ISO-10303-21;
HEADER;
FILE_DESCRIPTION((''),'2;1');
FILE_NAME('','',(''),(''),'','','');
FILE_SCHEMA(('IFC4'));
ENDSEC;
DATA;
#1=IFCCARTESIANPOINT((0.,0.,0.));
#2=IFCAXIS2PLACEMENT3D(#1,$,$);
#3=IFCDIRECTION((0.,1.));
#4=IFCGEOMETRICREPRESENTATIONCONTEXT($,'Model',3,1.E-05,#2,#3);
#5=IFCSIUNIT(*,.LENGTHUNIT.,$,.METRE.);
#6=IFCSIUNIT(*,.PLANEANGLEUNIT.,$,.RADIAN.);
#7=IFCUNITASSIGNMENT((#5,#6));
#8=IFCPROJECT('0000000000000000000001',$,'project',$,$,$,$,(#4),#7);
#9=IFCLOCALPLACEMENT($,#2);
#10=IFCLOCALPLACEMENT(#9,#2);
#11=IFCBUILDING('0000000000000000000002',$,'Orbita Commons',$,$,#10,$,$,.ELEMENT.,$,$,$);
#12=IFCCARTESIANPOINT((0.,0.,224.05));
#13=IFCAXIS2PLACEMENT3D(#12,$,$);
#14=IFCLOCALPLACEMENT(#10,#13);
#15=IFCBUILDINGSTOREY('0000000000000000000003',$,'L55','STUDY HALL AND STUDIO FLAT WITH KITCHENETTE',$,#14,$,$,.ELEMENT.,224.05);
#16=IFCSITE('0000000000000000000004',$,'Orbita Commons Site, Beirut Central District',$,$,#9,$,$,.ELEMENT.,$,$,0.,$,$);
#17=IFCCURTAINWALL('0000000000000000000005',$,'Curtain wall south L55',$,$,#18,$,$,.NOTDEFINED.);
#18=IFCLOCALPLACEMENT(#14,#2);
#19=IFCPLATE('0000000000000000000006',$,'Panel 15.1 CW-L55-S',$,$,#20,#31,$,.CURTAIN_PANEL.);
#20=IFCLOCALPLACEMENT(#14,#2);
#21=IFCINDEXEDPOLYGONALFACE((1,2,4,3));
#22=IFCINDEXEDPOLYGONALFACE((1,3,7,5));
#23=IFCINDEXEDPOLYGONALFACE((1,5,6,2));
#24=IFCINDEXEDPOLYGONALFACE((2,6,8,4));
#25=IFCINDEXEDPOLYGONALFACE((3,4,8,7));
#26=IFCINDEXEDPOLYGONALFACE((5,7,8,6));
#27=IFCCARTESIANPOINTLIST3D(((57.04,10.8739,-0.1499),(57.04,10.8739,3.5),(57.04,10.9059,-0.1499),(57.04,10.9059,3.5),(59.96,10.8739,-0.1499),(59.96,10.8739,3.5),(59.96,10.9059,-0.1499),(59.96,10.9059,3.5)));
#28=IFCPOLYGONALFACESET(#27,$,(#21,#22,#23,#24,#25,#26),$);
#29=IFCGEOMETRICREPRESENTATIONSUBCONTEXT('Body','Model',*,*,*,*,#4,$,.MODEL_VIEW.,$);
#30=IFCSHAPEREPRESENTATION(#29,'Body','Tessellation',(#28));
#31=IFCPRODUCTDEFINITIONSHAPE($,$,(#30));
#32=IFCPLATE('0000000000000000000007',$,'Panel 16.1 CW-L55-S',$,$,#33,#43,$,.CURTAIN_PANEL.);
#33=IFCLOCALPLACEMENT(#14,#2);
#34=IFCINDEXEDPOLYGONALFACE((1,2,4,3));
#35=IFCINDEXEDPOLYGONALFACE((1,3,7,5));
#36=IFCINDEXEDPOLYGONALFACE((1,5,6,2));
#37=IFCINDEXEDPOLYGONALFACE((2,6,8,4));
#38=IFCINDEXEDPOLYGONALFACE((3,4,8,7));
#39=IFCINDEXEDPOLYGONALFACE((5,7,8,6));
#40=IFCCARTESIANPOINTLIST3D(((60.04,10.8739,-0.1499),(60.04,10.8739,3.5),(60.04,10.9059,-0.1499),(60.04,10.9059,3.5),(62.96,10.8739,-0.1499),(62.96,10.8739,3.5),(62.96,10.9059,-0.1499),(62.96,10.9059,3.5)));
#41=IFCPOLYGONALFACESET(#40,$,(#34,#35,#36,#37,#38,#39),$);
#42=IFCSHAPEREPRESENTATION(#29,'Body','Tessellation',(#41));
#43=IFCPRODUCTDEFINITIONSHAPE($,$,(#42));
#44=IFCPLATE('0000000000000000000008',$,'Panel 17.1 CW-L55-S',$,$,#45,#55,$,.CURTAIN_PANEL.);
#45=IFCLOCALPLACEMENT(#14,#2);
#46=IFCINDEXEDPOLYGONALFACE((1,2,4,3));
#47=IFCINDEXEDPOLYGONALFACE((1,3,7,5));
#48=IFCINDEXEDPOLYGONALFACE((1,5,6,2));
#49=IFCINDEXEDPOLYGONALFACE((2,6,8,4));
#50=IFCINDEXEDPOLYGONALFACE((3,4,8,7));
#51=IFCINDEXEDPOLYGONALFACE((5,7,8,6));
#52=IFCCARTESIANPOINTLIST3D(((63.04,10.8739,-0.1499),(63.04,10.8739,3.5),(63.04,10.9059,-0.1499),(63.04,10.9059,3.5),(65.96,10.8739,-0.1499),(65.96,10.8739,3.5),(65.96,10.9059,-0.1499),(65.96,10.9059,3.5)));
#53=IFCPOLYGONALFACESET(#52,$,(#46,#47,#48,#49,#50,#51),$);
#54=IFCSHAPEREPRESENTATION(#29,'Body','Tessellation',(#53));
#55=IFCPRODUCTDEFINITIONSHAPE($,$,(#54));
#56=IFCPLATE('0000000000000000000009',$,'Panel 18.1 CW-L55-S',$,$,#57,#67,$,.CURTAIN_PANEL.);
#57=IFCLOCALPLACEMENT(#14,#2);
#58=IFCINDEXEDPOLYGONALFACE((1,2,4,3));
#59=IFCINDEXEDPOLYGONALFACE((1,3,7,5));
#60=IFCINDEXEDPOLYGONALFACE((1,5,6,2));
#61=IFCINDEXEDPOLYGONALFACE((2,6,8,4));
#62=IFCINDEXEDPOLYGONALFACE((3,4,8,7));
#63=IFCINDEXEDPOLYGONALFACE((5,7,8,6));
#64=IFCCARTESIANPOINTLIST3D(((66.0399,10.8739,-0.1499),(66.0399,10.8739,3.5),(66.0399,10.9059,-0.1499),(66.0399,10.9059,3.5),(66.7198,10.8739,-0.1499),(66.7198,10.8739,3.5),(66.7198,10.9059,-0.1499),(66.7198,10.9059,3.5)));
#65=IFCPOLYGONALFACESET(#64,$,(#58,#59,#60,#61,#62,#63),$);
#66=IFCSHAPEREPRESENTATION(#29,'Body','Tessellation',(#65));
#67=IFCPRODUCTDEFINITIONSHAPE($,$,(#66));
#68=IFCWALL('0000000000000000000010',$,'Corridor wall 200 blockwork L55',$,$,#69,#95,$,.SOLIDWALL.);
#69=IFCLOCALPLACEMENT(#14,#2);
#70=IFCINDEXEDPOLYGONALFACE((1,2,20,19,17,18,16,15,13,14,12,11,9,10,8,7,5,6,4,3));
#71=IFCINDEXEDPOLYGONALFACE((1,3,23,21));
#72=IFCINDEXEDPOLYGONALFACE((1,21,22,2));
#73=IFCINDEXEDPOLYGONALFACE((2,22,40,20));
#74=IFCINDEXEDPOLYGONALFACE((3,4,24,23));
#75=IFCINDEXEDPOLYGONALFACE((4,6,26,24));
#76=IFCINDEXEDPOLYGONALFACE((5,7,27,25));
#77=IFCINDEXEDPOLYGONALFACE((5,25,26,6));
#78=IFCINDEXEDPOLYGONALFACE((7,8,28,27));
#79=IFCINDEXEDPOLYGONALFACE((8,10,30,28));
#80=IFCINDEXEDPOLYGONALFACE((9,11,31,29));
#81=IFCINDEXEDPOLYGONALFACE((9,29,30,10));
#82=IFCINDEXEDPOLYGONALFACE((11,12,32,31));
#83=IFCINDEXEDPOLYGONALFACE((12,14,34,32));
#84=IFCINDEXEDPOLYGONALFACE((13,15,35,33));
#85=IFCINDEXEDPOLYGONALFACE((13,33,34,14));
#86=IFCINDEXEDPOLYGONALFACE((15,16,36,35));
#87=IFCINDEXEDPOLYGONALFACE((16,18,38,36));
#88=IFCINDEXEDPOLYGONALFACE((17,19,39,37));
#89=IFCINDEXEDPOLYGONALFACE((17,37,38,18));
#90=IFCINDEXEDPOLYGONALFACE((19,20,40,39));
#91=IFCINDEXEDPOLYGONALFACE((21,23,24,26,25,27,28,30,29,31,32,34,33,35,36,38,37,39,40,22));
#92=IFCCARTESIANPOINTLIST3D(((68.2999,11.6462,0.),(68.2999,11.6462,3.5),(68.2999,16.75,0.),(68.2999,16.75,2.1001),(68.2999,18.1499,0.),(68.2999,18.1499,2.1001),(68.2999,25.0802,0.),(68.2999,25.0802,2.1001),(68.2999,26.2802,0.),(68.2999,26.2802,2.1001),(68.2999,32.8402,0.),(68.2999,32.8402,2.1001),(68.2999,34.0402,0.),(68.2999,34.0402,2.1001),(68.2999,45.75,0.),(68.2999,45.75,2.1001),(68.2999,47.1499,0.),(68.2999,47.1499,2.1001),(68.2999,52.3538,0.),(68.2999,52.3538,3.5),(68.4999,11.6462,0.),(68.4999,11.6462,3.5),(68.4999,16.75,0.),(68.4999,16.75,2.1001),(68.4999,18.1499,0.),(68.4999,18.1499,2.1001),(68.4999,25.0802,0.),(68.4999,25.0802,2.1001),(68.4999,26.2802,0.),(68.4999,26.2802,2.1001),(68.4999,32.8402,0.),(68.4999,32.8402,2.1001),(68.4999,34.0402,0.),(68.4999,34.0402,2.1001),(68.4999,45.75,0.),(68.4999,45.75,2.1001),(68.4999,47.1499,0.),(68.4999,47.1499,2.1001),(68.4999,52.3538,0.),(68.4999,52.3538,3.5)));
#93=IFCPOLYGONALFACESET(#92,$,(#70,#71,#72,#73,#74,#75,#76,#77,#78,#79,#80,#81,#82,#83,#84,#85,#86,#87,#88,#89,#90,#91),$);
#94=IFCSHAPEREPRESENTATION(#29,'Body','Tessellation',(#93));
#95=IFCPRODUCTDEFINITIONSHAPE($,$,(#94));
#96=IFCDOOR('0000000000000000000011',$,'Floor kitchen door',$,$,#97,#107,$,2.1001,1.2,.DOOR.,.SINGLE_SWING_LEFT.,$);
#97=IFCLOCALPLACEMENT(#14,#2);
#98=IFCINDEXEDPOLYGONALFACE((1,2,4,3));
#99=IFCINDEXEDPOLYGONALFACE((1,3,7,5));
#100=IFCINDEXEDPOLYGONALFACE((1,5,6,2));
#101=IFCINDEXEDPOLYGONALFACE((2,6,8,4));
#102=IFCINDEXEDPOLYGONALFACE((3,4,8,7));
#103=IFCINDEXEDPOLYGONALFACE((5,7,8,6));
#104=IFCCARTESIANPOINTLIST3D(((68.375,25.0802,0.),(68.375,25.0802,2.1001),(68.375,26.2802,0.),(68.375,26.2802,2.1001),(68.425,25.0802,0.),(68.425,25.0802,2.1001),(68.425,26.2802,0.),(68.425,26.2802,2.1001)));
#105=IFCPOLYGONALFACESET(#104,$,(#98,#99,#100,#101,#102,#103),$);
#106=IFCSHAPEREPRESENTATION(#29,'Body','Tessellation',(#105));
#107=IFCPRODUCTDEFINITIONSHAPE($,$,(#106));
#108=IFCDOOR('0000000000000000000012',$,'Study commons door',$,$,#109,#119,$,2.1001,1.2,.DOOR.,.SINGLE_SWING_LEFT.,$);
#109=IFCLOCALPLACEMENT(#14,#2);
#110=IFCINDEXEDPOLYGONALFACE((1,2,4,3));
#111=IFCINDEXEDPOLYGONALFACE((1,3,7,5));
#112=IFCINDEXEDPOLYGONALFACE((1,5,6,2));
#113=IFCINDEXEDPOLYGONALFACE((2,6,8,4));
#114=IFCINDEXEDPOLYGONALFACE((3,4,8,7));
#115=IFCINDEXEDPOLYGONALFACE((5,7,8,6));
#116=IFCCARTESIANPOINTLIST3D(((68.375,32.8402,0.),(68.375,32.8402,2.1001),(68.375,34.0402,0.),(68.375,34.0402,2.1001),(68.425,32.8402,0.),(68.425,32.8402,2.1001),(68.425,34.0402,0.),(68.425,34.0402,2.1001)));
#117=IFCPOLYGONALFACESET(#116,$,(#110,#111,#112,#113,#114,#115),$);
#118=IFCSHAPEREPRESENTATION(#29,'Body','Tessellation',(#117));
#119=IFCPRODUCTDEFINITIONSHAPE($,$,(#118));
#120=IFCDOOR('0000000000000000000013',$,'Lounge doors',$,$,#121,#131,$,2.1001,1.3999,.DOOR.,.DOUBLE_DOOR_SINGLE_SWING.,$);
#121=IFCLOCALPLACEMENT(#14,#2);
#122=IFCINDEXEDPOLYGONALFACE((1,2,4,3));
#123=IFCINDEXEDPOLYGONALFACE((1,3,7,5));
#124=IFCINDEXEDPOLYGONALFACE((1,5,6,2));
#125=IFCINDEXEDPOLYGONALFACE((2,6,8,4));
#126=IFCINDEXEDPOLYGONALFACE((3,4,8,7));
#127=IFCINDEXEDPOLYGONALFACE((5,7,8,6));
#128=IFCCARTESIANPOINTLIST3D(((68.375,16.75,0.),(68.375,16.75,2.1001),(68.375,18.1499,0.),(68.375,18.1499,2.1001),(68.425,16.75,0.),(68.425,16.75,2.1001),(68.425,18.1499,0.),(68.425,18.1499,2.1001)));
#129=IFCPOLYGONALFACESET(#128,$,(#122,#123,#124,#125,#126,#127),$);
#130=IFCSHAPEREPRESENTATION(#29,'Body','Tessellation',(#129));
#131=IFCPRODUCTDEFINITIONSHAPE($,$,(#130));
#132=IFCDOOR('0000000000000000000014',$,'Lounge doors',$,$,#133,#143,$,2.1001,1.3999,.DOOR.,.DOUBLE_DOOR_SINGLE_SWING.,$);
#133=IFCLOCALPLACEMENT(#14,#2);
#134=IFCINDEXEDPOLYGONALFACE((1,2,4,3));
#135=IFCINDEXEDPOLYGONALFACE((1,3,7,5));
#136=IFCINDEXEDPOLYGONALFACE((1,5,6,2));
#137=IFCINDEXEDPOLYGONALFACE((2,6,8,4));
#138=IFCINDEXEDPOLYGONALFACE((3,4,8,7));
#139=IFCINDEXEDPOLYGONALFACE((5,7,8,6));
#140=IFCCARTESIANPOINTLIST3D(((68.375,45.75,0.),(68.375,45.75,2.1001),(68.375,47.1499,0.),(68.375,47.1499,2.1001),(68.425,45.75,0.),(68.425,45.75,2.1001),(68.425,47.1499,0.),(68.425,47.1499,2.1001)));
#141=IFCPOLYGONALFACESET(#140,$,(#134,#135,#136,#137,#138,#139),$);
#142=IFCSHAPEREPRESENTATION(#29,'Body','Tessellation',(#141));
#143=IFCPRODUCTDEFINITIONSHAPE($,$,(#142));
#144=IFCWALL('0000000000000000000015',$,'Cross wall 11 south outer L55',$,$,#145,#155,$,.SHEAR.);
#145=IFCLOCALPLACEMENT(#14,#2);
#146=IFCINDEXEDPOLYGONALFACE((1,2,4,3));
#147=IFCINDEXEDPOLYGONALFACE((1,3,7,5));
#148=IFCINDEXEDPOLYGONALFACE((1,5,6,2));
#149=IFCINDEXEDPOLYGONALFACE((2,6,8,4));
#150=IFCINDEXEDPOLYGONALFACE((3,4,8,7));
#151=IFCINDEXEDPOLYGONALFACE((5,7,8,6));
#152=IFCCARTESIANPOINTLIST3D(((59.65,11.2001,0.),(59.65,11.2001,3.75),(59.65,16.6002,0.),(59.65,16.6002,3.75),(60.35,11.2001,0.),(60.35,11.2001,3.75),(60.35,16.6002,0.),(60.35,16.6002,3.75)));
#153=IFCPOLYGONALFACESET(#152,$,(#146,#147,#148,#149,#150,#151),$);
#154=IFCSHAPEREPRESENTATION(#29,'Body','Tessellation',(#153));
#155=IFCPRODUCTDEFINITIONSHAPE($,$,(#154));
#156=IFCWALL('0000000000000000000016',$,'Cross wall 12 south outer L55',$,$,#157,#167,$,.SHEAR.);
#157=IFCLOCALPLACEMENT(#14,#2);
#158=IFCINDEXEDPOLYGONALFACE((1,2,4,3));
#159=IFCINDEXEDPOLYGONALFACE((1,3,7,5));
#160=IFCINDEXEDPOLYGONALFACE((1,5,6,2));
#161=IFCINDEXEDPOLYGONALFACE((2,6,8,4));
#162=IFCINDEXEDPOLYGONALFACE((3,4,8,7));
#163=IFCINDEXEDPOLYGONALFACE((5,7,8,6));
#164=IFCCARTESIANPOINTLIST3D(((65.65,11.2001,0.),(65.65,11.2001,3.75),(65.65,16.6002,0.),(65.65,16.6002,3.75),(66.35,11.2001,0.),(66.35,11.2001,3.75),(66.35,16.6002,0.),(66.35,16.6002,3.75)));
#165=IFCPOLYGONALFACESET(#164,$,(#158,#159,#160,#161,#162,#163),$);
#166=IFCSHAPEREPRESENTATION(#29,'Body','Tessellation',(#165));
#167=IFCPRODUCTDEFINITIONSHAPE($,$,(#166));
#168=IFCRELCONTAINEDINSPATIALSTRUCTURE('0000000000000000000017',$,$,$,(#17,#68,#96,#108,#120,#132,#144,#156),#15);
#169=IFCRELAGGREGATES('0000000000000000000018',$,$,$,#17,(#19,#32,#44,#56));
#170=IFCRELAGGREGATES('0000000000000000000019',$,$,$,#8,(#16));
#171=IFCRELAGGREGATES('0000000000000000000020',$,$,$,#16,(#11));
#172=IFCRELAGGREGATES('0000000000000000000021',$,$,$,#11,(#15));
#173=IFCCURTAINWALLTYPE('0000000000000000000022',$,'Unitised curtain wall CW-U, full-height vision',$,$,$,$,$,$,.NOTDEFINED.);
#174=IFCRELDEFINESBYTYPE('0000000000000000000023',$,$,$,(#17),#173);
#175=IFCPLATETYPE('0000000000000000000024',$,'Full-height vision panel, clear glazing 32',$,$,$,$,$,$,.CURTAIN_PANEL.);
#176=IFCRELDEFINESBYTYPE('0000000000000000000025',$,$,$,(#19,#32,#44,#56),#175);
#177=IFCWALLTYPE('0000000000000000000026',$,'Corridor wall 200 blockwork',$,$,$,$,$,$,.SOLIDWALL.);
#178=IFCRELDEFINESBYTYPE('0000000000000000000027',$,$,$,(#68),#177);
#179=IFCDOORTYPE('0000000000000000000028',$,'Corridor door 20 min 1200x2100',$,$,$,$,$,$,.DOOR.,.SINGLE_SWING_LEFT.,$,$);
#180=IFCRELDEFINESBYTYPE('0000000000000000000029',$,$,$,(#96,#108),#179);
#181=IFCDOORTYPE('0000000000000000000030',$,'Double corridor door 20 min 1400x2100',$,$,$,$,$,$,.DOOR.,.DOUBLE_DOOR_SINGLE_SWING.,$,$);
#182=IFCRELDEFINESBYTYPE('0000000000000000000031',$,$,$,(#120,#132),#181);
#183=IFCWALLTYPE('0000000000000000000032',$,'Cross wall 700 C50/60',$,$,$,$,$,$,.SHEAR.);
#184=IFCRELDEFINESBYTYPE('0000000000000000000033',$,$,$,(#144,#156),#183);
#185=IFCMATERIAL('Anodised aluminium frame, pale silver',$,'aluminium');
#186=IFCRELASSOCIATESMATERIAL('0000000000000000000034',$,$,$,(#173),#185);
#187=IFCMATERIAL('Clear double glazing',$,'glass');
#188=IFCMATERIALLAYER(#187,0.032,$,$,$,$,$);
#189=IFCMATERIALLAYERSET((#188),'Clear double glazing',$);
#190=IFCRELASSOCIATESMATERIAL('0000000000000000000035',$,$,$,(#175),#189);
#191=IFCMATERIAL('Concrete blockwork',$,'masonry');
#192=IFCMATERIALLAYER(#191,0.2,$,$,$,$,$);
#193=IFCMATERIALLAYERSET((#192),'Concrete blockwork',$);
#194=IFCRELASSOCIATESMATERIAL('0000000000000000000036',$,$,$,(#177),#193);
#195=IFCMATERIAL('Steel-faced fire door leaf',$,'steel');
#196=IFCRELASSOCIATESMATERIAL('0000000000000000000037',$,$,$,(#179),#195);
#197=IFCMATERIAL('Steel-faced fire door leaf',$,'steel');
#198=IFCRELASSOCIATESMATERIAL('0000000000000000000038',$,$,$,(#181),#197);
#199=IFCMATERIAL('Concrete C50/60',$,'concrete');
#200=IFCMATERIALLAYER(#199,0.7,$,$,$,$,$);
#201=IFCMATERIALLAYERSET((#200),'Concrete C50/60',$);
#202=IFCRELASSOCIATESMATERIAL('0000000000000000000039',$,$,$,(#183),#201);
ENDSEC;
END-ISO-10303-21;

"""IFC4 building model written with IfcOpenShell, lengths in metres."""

from ifc_helpers import new_model, si_unit, direction, frame, frame_2d, origin, origin_2d, place, context, subcontext, project, spatial, rectangle, extrude, material, layer, layer_set, type_object, element, fill, aggregate, save


model = new_model("IFC4")

# Units and contexts
model_context = context("Model", 3, precision=1e-05, world=origin(), true_north=direction((0.0, 1.0)))
body_context = subcontext(model_context, "Body", "Model", "MODEL_VIEW")
ifc_project = project(units=[si_unit("LENGTHUNIT", "METRE"), si_unit("PLANEANGLEUNIT", "RADIAN")], contexts=[model_context])

# Site, building, storey
site_placement = place(None, origin())
site = spatial("IfcSite", under=ifc_project, at=site_placement, Name="Orbita Commons Site, Beirut Central District", CompositionType="ELEMENT", RefElevation=0.0)
building_placement = place(site_placement, origin())
building = spatial("IfcBuilding", under=site, at=building_placement, Name="Orbita Commons", CompositionType="ELEMENT")
storey_placement = place(building_placement, frame((0.0, 0.0, 224.05)))
storey = spatial("IfcBuildingStorey", under=building, at=storey_placement, Name="L55", Description="STUDY HALL AND STUDIO FLAT WITH KITCHENETTE", CompositionType="ELEMENT", Elevation=224.05)

# Curtain wall
ifc_material_1 = material(Name="Anodised aluminium frame, pale silver", Category="aluminium")
curtain_wall_type = type_object("IfcCurtainWallType", Name="Unitised curtain wall CW-U, full-height vision", PredefinedType="NOTDEFINED", material=ifc_material_1)
curtain_wall_placement = place(storey_placement, origin())
curtain_wall = element("IfcCurtainWall", 1, at=curtain_wall_placement, inside=storey, type_object=curtain_wall_type, Name="Curtain wall south L55", PredefinedType="NOTDEFINED")

# Plates
ifc_material_2 = material(Name="Clear double glazing", Category="glass")
ifc_layer_1 = layer(ifc_material_2, 0.032)
ifc_layer_set_1 = layer_set([ifc_layer_1], Name="Clear double glazing")
plate_type = type_object("IfcPlateType", Name="Full-height vision panel, clear glazing 32", PredefinedType="CURTAIN_PANEL", material=ifc_layer_set_1)
plate_1_placement = place(storey_placement, frame((58.5, 10.8899, -0.1499), z_axis=(0.0, 0.0, 1.0), x_axis=(1.0, 0.0, 0.0)))
plate_1 = element("IfcPlate", 2, at=plate_1_placement, type_object=plate_type, Name="Panel 15.1 CW-L55-S", PredefinedType="CURTAIN_PANEL", context=body_context, shape_type="SweptSolid", body=[
    extrude(rectangle(XDim=2.9199, YDim=0.032, at=origin_2d()), origin(), (0.0, 0.0, 1.0), 3.6499),
])
plate_2_placement = place(storey_placement, frame((61.5, 10.8899, -0.1499), z_axis=(0.0, 0.0, 1.0), x_axis=(1.0, 0.0, 0.0)))
plate_2 = element("IfcPlate", 3, at=plate_2_placement, type_object=plate_type, Name="Panel 16.1 CW-L55-S", PredefinedType="CURTAIN_PANEL", context=body_context, shape_type="SweptSolid", body=[
    extrude(rectangle(XDim=2.9199, YDim=0.032, at=origin_2d()), origin(), (0.0, 0.0, 1.0), 3.6499),
])
plate_3_placement = place(storey_placement, frame((64.5, 10.8899, -0.1499), z_axis=(0.0, 0.0, 1.0), x_axis=(1.0, 0.0, 0.0)))
plate_3 = element("IfcPlate", 4, at=plate_3_placement, type_object=plate_type, Name="Panel 17.1 CW-L55-S", PredefinedType="CURTAIN_PANEL", context=body_context, shape_type="SweptSolid", body=[
    extrude(rectangle(XDim=2.9199, YDim=0.032, at=origin_2d()), origin(), (0.0, 0.0, 1.0), 3.6499),
])
plate_4_placement = place(storey_placement, frame((66.3799, 10.8899, -0.1499), z_axis=(0.0, 0.0, 1.0), x_axis=(1.0, 0.0, 0.0)))
plate_4 = element("IfcPlate", 5, at=plate_4_placement, type_object=plate_type, Name="Panel 18.1 CW-L55-S", PredefinedType="CURTAIN_PANEL", context=body_context, shape_type="SweptSolid", body=[
    extrude(rectangle(XDim=0.6799, YDim=0.032, at=origin_2d()), origin(), (0.0, 0.0, 1.0), 3.6499),
])
aggregate(curtain_wall, [plate_1, plate_2, plate_3, plate_4])

# Wall, openings, doors
ifc_material_3 = material(Name="Concrete blockwork", Category="masonry")
ifc_layer_2 = layer(ifc_material_3, 0.2)
ifc_layer_set_2 = layer_set([ifc_layer_2], Name="Concrete blockwork")
wall_type_1 = type_object("IfcWallType", Name="Corridor wall 200 blockwork", PredefinedType="SOLIDWALL", material=ifc_layer_set_2)
wall_1_placement = place(storey_placement, frame((68.3999, 11.6462, 0.0), z_axis=(0.0, 0.0, 1.0), x_axis=(0.0, 1.0, 0.0)))
wall_1 = element("IfcWall", 6, at=wall_1_placement, inside=storey, type_object=wall_type_1, Name="Corridor wall 200 blockwork L55", PredefinedType="SOLIDWALL", context=body_context, shape_type="SweptSolid", body=[
    extrude(rectangle(XDim=40.7075, YDim=0.2, at=frame_2d((20.3538, 0.0))), origin(), (0.0, 0.0, 1.0), 3.5),
])
opening_1_placement = place(wall_1_placement, frame((13.4338, 0.0, 0.0)))
opening_1 = element("IfcOpeningElement", 7, at=opening_1_placement, cuts=wall_1, PredefinedType="OPENING", context=body_context, shape_type="SweptSolid", body=[
    extrude(rectangle(XDim=1.2, YDim=2.1001, at=frame_2d((0.6001, 1.05))), frame((0.0, 0.1099, 0.0), z_axis=(0.0, -1.0, 0.0), x_axis=(1.0, 0.0, 0.0)), (0.0, 0.0, 1.0), 0.22),
])
opening_2_placement = place(wall_1_placement, frame((21.1938, 0.0, 0.0)))
opening_2 = element("IfcOpeningElement", 8, at=opening_2_placement, cuts=wall_1, PredefinedType="OPENING", context=body_context, shape_type="SweptSolid", body=[
    extrude(rectangle(XDim=1.2, YDim=2.1001, at=frame_2d((0.6001, 1.05))), frame((0.0, 0.1099, 0.0), z_axis=(0.0, -1.0, 0.0), x_axis=(1.0, 0.0, 0.0)), (0.0, 0.0, 1.0), 0.22),
])
opening_3_placement = place(wall_1_placement, frame((5.1038, 0.0, 0.0)))
opening_3 = element("IfcOpeningElement", 9, at=opening_3_placement, cuts=wall_1, PredefinedType="OPENING", context=body_context, shape_type="SweptSolid", body=[
    extrude(rectangle(XDim=1.3999, YDim=2.1001, at=frame_2d((0.7, 1.05))), frame((0.0, 0.1099, 0.0), z_axis=(0.0, -1.0, 0.0), x_axis=(1.0, 0.0, 0.0)), (0.0, 0.0, 1.0), 0.22),
])
opening_4_placement = place(wall_1_placement, frame((34.1038, 0.0, 0.0)))
opening_4 = element("IfcOpeningElement", 10, at=opening_4_placement, cuts=wall_1, PredefinedType="OPENING", context=body_context, shape_type="SweptSolid", body=[
    extrude(rectangle(XDim=1.3999, YDim=2.1001, at=frame_2d((0.7, 1.05))), frame((0.0, 0.1099, 0.0), z_axis=(0.0, -1.0, 0.0), x_axis=(1.0, 0.0, 0.0)), (0.0, 0.0, 1.0), 0.22),
])
ifc_material_4 = material(Name="Steel-faced fire door leaf", Category="steel")
door_type_1 = type_object("IfcDoorType", Name="Corridor door 20 min 1200x2100", OperationType="SINGLE_SWING_LEFT", PredefinedType="DOOR", material=ifc_material_4)
door_1_placement = place(opening_1_placement, origin())
door_1 = element("IfcDoor", 11, at=door_1_placement, inside=storey, type_object=door_type_1, Name="Floor kitchen door", OperationType="SINGLE_SWING_LEFT", OverallHeight=2.1001, OverallWidth=1.2, PredefinedType="DOOR", context=body_context, shape_type="SweptSolid", body=[
    extrude(rectangle(XDim=1.2, YDim=2.1001, at=frame_2d((0.6001, 1.05))), frame((0.0, 0.0249, 0.0), z_axis=(0.0, -1.0, 0.0), x_axis=(1.0, 0.0, 0.0)), (0.0, 0.0, 1.0), 0.05),
])
fill(opening_1, door_1)
door_2_placement = place(opening_2_placement, origin())
door_2 = element("IfcDoor", 12, at=door_2_placement, inside=storey, type_object=door_type_1, Name="Study commons door", OperationType="SINGLE_SWING_LEFT", OverallHeight=2.1001, OverallWidth=1.2, PredefinedType="DOOR", context=body_context, shape_type="SweptSolid", body=[
    extrude(rectangle(XDim=1.2, YDim=2.1001, at=frame_2d((0.6001, 1.05))), frame((0.0, 0.0249, 0.0), z_axis=(0.0, -1.0, 0.0), x_axis=(1.0, 0.0, 0.0)), (0.0, 0.0, 1.0), 0.05),
])
fill(opening_2, door_2)
ifc_material_5 = material(Name="Steel-faced fire door leaf", Category="steel")
door_type_2 = type_object("IfcDoorType", Name="Double corridor door 20 min 1400x2100", OperationType="DOUBLE_DOOR_SINGLE_SWING", PredefinedType="DOOR", material=ifc_material_5)
door_3_placement = place(opening_3_placement, origin())
door_3 = element("IfcDoor", 13, at=door_3_placement, inside=storey, type_object=door_type_2, Name="Lounge doors", OperationType="DOUBLE_DOOR_SINGLE_SWING", OverallHeight=2.1001, OverallWidth=1.3999, PredefinedType="DOOR", context=body_context, shape_type="SweptSolid", body=[
    extrude(rectangle(XDim=1.3999, YDim=2.1001, at=frame_2d((0.7, 1.05))), frame((0.0, 0.0249, 0.0), z_axis=(0.0, -1.0, 0.0), x_axis=(1.0, 0.0, 0.0)), (0.0, 0.0, 1.0), 0.05),
])
fill(opening_3, door_3)
door_4_placement = place(opening_4_placement, origin())
door_4 = element("IfcDoor", 14, at=door_4_placement, inside=storey, type_object=door_type_2, Name="Lounge doors", OperationType="DOUBLE_DOOR_SINGLE_SWING", OverallHeight=2.1001, OverallWidth=1.3999, PredefinedType="DOOR", context=body_context, shape_type="SweptSolid", body=[
    extrude(rectangle(XDim=1.3999, YDim=2.1001, at=frame_2d((0.7, 1.05))), frame((0.0, 0.0249, 0.0), z_axis=(0.0, -1.0, 0.0), x_axis=(1.0, 0.0, 0.0)), (0.0, 0.0, 1.0), 0.05),
])
fill(opening_4, door_4)

# Walls
ifc_material_6 = material(Name="Concrete C50/60", Category="concrete")
ifc_layer_3 = layer(ifc_material_6, 0.7)
ifc_layer_set_3 = layer_set([ifc_layer_3], Name="Concrete C50/60")
wall_type_2 = type_object("IfcWallType", Name="Cross wall 700 C50/60", PredefinedType="SHEAR", material=ifc_layer_set_3)
for number, where, z_axis, x_axis, name in (
    (15, (60.0, 11.2, 0.0), (0.0, 0.0, 1.0), (0.0, 1.0, 0.0), "Cross wall 11 south outer L55"),
    (16, (66.0, 11.2, 0.0), (0.0, 0.0, 1.0), (0.0, 1.0, 0.0), "Cross wall 12 south outer L55"),
):
    element("IfcWall", number, at=place(storey_placement, frame(where, z_axis=z_axis, x_axis=x_axis)), inside=storey, type_object=wall_type_2, Name=name, PredefinedType="SHEAR", context=body_context, shape_type="SweptSolid", body=[
        extrude(rectangle(XDim=5.4001, YDim=0.7, at=frame_2d((2.7002, 0.0))), origin(), (0.0, 0.0, 1.0), 3.75),
    ])

save(model, "model.ifc")
